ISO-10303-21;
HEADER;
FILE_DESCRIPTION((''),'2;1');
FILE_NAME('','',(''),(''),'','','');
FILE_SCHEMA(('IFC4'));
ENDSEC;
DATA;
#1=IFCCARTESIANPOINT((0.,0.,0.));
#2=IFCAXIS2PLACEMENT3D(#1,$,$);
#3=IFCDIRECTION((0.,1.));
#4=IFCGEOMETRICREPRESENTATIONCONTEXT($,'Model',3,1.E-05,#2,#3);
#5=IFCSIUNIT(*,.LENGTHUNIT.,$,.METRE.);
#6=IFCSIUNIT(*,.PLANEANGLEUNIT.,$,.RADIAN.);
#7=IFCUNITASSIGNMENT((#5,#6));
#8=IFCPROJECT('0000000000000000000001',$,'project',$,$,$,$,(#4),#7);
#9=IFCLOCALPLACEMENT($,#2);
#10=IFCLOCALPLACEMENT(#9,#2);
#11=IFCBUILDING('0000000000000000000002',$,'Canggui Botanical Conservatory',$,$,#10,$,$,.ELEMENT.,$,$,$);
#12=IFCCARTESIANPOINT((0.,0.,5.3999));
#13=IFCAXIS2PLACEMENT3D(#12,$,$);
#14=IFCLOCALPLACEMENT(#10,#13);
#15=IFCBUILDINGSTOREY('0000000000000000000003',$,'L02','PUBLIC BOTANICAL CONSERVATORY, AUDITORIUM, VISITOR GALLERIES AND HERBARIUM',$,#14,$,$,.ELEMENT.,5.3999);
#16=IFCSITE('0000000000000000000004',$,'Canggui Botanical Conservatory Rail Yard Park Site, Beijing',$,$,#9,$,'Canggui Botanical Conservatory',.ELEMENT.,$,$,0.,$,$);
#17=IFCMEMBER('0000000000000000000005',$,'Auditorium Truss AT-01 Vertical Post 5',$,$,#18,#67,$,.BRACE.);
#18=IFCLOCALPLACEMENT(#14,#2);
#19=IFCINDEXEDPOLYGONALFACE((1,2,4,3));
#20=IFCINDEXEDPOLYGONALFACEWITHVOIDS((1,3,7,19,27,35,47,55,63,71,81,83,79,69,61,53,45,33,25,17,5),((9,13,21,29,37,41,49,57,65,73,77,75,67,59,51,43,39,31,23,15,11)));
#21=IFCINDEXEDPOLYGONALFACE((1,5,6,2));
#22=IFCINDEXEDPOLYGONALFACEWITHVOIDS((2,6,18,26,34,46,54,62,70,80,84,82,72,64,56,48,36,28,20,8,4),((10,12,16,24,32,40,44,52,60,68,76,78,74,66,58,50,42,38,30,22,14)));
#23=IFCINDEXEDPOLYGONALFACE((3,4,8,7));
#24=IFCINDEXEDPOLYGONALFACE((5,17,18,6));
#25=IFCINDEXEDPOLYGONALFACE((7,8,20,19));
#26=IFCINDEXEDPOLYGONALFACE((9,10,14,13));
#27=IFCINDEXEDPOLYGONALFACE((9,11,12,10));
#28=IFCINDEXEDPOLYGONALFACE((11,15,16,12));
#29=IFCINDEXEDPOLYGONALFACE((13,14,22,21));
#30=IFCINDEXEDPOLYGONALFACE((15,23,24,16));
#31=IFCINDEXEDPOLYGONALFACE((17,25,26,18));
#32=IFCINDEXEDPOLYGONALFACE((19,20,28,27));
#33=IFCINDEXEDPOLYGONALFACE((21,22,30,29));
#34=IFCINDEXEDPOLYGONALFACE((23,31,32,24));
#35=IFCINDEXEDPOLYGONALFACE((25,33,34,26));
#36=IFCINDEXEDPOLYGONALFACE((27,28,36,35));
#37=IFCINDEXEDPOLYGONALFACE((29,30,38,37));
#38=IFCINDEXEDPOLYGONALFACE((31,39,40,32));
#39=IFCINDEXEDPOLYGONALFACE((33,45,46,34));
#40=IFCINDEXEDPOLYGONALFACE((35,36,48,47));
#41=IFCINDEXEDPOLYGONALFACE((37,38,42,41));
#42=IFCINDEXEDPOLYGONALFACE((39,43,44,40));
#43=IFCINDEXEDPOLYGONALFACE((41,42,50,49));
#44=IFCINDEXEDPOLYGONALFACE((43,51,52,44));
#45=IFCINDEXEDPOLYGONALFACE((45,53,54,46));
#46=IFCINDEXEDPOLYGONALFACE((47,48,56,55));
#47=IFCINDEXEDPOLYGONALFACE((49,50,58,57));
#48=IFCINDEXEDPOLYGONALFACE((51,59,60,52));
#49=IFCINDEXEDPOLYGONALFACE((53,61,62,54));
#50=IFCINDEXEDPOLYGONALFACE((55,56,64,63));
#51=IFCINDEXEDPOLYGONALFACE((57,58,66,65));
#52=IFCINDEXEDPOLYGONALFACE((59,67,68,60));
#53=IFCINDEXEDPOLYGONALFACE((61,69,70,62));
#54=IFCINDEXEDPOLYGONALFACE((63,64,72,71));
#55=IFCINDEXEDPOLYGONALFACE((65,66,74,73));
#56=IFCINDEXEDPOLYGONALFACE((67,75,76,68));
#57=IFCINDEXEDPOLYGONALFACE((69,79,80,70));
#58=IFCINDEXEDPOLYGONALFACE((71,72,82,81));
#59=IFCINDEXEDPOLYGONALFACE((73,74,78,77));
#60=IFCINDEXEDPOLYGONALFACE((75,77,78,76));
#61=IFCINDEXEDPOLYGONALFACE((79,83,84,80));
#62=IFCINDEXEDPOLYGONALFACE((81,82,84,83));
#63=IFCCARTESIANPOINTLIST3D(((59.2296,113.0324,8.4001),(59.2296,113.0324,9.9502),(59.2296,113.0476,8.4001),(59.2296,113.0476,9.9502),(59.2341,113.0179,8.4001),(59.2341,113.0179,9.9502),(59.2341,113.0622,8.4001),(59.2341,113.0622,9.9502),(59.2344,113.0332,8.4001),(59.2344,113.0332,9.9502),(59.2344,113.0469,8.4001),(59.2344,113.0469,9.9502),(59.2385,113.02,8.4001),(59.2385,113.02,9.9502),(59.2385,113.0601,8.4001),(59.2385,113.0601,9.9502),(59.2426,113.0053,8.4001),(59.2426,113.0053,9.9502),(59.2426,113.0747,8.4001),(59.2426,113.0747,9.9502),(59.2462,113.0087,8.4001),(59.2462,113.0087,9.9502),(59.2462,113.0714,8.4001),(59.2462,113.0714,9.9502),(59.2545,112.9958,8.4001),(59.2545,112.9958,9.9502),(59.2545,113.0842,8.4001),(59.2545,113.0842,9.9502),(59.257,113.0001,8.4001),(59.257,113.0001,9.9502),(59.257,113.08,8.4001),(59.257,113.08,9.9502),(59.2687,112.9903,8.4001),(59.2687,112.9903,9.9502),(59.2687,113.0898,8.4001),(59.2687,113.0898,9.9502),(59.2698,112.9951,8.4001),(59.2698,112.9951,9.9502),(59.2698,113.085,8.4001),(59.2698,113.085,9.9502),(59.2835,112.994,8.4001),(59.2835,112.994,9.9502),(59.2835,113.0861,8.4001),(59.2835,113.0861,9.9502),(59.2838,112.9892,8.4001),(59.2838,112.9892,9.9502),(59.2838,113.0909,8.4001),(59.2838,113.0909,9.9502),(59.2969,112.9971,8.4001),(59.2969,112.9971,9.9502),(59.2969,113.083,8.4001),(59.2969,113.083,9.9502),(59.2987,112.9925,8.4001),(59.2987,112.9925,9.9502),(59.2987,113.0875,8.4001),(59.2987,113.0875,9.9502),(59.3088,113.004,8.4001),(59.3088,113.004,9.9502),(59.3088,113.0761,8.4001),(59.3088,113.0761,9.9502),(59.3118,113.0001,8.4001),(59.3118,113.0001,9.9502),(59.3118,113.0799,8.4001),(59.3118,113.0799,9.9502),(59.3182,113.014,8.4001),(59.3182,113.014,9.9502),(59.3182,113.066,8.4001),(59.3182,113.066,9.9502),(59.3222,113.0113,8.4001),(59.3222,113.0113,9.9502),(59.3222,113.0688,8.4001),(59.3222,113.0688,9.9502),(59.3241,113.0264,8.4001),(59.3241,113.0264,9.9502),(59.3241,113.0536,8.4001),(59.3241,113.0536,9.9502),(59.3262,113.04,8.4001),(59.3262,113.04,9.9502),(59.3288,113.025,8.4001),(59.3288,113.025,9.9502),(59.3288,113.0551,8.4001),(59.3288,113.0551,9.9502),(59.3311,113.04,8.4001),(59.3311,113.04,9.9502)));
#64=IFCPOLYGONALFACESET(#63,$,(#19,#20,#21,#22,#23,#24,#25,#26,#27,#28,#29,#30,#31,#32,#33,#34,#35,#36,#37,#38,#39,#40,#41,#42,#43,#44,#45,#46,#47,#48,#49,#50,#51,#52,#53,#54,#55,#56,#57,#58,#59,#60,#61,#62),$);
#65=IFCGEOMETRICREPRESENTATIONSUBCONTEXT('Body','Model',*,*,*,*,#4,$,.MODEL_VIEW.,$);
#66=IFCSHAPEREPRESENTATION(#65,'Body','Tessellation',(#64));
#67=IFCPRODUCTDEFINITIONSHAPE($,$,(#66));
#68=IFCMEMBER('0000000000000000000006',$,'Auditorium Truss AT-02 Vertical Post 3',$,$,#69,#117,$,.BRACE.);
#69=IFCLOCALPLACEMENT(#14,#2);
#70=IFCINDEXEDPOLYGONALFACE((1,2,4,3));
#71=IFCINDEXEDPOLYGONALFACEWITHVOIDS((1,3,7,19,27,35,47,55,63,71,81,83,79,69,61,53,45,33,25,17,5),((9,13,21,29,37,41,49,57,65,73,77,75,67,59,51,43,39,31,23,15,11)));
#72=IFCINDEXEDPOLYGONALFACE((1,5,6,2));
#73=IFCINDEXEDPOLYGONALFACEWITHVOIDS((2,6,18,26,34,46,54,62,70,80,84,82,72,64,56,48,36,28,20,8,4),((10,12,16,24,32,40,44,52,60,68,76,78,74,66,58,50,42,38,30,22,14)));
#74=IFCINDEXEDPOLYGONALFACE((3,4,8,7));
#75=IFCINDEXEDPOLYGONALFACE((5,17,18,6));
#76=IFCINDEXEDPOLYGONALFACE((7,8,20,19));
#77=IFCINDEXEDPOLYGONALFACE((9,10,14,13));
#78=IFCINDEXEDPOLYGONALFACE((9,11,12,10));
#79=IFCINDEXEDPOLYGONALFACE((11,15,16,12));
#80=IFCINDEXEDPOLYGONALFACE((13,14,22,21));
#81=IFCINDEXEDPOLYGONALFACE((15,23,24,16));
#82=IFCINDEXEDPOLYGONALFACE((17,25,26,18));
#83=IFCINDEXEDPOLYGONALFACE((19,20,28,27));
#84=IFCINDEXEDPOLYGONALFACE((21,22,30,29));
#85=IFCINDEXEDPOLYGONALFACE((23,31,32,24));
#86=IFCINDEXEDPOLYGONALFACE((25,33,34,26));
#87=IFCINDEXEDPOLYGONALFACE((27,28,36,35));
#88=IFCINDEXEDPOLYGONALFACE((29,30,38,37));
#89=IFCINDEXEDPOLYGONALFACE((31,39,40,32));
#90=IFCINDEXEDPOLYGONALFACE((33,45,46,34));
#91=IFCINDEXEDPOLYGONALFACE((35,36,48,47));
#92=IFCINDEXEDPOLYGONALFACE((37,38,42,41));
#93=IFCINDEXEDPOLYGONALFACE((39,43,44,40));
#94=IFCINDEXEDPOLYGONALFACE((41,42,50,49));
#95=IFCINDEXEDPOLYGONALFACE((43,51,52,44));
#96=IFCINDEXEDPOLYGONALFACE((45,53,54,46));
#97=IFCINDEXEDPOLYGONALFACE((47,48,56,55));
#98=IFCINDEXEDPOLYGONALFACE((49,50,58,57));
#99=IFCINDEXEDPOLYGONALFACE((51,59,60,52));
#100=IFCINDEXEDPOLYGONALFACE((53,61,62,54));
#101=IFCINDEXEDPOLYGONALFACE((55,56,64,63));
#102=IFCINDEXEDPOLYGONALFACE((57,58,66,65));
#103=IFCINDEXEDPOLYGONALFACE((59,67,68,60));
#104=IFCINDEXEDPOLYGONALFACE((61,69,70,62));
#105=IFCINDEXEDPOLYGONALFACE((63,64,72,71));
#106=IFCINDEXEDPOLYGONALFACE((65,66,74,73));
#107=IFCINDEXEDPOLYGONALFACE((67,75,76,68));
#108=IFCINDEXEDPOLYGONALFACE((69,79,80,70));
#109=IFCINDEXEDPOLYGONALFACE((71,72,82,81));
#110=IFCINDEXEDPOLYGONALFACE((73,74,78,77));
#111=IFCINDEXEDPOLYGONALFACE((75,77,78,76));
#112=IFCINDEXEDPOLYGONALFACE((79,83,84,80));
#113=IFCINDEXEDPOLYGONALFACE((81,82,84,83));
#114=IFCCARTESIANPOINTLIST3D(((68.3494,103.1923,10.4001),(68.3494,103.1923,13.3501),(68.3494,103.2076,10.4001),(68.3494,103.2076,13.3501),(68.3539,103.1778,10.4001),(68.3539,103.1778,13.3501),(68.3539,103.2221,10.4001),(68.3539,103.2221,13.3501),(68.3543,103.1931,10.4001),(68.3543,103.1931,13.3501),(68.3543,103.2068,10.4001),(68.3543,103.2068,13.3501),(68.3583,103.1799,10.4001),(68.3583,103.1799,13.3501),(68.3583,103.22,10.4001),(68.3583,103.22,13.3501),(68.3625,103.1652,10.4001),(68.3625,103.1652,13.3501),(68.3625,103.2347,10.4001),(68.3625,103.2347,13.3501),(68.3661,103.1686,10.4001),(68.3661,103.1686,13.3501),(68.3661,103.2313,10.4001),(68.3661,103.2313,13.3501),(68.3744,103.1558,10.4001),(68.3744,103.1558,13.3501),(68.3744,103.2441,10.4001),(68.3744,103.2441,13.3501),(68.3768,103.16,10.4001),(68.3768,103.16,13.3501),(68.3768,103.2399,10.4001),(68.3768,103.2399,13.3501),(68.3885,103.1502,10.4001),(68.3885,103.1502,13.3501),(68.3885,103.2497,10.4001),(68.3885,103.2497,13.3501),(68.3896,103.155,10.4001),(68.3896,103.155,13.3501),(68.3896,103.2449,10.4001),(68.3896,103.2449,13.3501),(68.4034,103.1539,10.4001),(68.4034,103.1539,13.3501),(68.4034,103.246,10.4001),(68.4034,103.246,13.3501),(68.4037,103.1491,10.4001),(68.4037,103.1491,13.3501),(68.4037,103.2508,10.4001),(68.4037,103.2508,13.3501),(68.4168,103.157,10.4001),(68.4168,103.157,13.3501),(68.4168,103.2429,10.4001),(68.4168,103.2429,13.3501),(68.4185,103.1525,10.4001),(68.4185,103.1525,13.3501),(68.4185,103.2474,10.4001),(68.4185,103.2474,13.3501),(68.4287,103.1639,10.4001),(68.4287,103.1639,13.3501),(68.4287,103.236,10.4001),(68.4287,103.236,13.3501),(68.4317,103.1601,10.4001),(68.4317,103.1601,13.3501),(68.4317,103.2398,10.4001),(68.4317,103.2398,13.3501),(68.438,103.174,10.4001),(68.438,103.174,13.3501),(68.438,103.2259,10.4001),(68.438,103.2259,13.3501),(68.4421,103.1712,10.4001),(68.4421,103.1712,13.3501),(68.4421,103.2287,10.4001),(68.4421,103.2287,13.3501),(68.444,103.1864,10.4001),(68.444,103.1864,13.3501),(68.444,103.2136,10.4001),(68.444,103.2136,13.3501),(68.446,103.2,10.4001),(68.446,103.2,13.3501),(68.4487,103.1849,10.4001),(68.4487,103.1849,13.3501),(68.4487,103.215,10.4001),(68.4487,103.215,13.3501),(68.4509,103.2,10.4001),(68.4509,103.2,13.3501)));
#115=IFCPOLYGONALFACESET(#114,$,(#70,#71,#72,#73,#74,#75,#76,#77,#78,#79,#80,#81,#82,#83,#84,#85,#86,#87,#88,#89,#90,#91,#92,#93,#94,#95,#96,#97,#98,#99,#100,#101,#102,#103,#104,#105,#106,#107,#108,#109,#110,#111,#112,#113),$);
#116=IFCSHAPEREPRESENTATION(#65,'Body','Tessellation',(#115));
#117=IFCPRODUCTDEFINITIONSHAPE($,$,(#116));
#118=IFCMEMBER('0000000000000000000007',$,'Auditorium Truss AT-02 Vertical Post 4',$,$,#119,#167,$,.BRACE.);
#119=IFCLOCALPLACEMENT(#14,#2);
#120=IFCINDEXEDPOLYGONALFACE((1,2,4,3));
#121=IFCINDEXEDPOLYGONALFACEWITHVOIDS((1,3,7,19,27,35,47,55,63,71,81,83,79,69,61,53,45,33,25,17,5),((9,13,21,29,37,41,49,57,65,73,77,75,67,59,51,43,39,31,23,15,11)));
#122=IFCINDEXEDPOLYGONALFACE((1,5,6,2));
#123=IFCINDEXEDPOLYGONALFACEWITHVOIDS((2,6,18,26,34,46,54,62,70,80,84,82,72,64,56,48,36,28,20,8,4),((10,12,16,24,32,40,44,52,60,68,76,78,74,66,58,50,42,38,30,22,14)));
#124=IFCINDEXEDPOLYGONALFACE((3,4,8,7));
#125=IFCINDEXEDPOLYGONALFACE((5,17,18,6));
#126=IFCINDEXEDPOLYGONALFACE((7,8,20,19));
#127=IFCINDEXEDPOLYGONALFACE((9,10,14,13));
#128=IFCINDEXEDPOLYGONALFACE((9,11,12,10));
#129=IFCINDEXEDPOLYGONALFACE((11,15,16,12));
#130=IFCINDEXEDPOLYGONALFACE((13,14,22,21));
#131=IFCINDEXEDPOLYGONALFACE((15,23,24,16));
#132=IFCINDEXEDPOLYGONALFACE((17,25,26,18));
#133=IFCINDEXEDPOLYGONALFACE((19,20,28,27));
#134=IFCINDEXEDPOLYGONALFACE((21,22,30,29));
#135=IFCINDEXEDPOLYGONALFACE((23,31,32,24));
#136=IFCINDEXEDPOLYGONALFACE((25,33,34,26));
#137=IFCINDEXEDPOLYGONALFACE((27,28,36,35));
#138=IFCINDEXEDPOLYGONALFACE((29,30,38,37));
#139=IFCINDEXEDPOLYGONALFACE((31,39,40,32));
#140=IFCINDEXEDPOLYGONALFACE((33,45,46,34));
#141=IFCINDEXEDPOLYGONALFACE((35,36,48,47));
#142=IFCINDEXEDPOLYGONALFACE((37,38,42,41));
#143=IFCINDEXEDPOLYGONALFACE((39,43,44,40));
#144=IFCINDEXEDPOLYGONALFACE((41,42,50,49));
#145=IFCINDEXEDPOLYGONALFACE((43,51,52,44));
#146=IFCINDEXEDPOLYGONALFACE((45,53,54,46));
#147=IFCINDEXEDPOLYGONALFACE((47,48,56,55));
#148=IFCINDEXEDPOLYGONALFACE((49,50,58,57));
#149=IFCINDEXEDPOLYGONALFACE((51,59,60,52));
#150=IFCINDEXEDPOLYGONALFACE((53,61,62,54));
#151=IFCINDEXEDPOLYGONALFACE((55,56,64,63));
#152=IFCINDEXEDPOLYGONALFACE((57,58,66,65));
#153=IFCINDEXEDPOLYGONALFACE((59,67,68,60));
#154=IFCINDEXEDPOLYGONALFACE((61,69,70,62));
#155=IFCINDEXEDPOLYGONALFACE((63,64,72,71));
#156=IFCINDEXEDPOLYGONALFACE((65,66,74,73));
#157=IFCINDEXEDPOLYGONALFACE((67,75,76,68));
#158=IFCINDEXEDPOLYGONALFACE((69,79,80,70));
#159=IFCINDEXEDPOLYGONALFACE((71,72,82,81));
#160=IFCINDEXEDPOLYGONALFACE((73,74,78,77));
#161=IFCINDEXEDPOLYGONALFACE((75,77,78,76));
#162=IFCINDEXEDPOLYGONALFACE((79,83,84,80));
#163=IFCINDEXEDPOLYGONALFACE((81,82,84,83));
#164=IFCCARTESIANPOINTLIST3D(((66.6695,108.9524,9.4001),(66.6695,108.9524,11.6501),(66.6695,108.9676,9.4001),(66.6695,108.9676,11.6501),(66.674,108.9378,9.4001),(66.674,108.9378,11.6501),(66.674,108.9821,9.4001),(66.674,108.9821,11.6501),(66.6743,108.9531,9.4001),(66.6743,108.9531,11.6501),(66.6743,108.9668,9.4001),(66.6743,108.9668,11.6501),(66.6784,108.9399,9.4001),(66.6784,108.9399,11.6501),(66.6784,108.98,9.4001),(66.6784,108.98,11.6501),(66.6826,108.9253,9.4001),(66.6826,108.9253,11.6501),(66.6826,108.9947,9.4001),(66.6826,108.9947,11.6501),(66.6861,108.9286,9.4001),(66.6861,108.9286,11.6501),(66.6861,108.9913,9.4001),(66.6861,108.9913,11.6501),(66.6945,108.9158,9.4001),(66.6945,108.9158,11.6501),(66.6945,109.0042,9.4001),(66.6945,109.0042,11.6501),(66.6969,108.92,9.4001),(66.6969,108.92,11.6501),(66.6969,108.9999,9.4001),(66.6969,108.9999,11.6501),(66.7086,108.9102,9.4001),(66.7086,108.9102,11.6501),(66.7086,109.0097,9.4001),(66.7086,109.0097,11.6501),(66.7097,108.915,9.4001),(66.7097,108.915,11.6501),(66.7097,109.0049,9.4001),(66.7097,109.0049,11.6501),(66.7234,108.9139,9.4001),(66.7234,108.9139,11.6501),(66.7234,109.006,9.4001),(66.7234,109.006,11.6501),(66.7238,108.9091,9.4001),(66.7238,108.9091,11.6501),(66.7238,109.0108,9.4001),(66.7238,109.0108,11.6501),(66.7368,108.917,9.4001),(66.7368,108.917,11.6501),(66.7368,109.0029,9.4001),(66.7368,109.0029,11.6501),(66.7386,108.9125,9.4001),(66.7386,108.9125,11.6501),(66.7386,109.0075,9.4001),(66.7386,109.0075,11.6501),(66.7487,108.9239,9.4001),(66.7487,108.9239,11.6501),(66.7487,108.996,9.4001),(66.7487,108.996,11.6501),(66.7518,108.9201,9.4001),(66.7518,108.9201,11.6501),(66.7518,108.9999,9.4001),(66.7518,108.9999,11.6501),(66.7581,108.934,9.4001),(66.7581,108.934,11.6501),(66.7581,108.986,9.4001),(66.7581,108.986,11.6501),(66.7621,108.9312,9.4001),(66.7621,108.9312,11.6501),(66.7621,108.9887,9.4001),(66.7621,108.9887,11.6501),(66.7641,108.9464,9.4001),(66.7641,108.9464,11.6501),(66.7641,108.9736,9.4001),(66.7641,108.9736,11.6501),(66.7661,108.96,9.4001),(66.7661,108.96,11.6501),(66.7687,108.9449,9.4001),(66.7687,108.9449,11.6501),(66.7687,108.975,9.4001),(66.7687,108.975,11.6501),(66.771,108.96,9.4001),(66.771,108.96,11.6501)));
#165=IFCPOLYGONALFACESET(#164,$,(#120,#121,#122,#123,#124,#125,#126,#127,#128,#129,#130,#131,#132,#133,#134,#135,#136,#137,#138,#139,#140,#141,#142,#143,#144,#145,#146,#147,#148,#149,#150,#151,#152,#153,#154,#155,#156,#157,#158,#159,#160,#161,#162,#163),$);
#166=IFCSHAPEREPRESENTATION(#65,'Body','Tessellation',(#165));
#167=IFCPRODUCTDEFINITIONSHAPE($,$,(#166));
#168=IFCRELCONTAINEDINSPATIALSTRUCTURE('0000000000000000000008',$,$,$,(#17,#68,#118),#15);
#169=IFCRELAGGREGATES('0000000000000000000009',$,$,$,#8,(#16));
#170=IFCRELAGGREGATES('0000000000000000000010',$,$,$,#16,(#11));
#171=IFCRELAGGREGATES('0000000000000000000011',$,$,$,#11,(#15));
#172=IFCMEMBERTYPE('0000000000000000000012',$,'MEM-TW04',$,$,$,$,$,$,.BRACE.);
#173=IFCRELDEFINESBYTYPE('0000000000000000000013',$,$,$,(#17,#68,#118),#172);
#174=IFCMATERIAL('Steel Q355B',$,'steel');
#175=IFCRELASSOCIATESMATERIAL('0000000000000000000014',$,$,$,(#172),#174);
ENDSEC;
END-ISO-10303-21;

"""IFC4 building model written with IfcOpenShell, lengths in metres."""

from ifc_helpers import new_model, si_unit, direction, frame, origin, origin_2d, place, context, subcontext, project, spatial, hollow_circle, extrude, material, material_profile, profile_set, type_object, element, save


model = new_model("IFC4")

# Units and contexts
model_context = context("Model", 3, precision=1e-05, world=origin(), true_north=direction((0.0, 1.0)))
body_context = subcontext(model_context, "Body", "Model", "MODEL_VIEW")
ifc_project = project(units=[si_unit("LENGTHUNIT", "METRE"), si_unit("PLANEANGLEUNIT", "RADIAN")], contexts=[model_context])

# Site, building, storey
site_placement = place(None, origin())
site = spatial("IfcSite", under=ifc_project, at=site_placement, Name="Canggui Botanical Conservatory Rail Yard Park Site, Beijing", LongName="Canggui Botanical Conservatory", CompositionType="ELEMENT", RefElevation=0.0)
building_placement = place(site_placement, origin())
building = spatial("IfcBuilding", under=site, at=building_placement, Name="Canggui Botanical Conservatory", CompositionType="ELEMENT")
storey_placement = place(building_placement, frame((0.0, 0.0, 5.3999)))
storey = spatial("IfcBuildingStorey", under=building, at=storey_placement, Name="L02", Description="PUBLIC BOTANICAL CONSERVATORY, AUDITORIUM, VISITOR GALLERIES AND HERBARIUM", CompositionType="ELEMENT", Elevation=5.3999)

# Members
ifc_material_1 = material(Name="Steel Q355B", Category="steel")
ifc_material_profile_1 = material_profile(ifc_material_1, hollow_circle(Radius=0.051, WallThickness=0.0049, at=origin_2d()), Name="CHS 102x5")
ifc_profile_set_1 = profile_set([ifc_material_profile_1], Name="Steel Q355B")
member_type_1 = type_object("IfcMemberType", Name="MEM-TW04", PredefinedType="BRACE", material=ifc_profile_set_1)
member_1_placement = place(storey_placement, frame((59.28, 113.04, 8.4001), z_axis=(0.0, 0.0, 1.0), x_axis=(1.0, 0.0, 0.0)))
element("IfcMember", 1, at=member_1_placement, inside=storey, type_object=member_type_1, Name="Auditorium Truss AT-01 Vertical Post 5", PredefinedType="BRACE", context=body_context, shape_type="SweptSolid", body=[
    extrude(hollow_circle(Radius=0.051, WallThickness=0.0049, at=origin_2d()), origin(), (0.0, 0.0, 1.0), 1.55),
])
member_2_placement = place(storey_placement, frame((68.3999, 103.2, 10.4001), z_axis=(0.0, 0.0, 1.0), x_axis=(1.0, 0.0, 0.0)))
element("IfcMember", 2, at=member_2_placement, inside=storey, type_object=member_type_1, Name="Auditorium Truss AT-02 Vertical Post 3", PredefinedType="BRACE", context=body_context, shape_type="SweptSolid", body=[
    extrude(hollow_circle(Radius=0.051, WallThickness=0.0049, at=origin_2d()), origin(), (0.0, 0.0, 1.0), 2.95),
])
member_3_placement = place(storey_placement, frame((66.72, 108.96, 9.4001), z_axis=(0.0, 0.0, 1.0), x_axis=(1.0, 0.0, 0.0)))
element("IfcMember", 3, at=member_3_placement, inside=storey, type_object=member_type_1, Name="Auditorium Truss AT-02 Vertical Post 4", PredefinedType="BRACE", context=body_context, shape_type="SweptSolid", body=[
    extrude(hollow_circle(Radius=0.051, WallThickness=0.0049, at=origin_2d()), origin(), (0.0, 0.0, 1.0), 2.25),
])

save(model, "model.ifc")
